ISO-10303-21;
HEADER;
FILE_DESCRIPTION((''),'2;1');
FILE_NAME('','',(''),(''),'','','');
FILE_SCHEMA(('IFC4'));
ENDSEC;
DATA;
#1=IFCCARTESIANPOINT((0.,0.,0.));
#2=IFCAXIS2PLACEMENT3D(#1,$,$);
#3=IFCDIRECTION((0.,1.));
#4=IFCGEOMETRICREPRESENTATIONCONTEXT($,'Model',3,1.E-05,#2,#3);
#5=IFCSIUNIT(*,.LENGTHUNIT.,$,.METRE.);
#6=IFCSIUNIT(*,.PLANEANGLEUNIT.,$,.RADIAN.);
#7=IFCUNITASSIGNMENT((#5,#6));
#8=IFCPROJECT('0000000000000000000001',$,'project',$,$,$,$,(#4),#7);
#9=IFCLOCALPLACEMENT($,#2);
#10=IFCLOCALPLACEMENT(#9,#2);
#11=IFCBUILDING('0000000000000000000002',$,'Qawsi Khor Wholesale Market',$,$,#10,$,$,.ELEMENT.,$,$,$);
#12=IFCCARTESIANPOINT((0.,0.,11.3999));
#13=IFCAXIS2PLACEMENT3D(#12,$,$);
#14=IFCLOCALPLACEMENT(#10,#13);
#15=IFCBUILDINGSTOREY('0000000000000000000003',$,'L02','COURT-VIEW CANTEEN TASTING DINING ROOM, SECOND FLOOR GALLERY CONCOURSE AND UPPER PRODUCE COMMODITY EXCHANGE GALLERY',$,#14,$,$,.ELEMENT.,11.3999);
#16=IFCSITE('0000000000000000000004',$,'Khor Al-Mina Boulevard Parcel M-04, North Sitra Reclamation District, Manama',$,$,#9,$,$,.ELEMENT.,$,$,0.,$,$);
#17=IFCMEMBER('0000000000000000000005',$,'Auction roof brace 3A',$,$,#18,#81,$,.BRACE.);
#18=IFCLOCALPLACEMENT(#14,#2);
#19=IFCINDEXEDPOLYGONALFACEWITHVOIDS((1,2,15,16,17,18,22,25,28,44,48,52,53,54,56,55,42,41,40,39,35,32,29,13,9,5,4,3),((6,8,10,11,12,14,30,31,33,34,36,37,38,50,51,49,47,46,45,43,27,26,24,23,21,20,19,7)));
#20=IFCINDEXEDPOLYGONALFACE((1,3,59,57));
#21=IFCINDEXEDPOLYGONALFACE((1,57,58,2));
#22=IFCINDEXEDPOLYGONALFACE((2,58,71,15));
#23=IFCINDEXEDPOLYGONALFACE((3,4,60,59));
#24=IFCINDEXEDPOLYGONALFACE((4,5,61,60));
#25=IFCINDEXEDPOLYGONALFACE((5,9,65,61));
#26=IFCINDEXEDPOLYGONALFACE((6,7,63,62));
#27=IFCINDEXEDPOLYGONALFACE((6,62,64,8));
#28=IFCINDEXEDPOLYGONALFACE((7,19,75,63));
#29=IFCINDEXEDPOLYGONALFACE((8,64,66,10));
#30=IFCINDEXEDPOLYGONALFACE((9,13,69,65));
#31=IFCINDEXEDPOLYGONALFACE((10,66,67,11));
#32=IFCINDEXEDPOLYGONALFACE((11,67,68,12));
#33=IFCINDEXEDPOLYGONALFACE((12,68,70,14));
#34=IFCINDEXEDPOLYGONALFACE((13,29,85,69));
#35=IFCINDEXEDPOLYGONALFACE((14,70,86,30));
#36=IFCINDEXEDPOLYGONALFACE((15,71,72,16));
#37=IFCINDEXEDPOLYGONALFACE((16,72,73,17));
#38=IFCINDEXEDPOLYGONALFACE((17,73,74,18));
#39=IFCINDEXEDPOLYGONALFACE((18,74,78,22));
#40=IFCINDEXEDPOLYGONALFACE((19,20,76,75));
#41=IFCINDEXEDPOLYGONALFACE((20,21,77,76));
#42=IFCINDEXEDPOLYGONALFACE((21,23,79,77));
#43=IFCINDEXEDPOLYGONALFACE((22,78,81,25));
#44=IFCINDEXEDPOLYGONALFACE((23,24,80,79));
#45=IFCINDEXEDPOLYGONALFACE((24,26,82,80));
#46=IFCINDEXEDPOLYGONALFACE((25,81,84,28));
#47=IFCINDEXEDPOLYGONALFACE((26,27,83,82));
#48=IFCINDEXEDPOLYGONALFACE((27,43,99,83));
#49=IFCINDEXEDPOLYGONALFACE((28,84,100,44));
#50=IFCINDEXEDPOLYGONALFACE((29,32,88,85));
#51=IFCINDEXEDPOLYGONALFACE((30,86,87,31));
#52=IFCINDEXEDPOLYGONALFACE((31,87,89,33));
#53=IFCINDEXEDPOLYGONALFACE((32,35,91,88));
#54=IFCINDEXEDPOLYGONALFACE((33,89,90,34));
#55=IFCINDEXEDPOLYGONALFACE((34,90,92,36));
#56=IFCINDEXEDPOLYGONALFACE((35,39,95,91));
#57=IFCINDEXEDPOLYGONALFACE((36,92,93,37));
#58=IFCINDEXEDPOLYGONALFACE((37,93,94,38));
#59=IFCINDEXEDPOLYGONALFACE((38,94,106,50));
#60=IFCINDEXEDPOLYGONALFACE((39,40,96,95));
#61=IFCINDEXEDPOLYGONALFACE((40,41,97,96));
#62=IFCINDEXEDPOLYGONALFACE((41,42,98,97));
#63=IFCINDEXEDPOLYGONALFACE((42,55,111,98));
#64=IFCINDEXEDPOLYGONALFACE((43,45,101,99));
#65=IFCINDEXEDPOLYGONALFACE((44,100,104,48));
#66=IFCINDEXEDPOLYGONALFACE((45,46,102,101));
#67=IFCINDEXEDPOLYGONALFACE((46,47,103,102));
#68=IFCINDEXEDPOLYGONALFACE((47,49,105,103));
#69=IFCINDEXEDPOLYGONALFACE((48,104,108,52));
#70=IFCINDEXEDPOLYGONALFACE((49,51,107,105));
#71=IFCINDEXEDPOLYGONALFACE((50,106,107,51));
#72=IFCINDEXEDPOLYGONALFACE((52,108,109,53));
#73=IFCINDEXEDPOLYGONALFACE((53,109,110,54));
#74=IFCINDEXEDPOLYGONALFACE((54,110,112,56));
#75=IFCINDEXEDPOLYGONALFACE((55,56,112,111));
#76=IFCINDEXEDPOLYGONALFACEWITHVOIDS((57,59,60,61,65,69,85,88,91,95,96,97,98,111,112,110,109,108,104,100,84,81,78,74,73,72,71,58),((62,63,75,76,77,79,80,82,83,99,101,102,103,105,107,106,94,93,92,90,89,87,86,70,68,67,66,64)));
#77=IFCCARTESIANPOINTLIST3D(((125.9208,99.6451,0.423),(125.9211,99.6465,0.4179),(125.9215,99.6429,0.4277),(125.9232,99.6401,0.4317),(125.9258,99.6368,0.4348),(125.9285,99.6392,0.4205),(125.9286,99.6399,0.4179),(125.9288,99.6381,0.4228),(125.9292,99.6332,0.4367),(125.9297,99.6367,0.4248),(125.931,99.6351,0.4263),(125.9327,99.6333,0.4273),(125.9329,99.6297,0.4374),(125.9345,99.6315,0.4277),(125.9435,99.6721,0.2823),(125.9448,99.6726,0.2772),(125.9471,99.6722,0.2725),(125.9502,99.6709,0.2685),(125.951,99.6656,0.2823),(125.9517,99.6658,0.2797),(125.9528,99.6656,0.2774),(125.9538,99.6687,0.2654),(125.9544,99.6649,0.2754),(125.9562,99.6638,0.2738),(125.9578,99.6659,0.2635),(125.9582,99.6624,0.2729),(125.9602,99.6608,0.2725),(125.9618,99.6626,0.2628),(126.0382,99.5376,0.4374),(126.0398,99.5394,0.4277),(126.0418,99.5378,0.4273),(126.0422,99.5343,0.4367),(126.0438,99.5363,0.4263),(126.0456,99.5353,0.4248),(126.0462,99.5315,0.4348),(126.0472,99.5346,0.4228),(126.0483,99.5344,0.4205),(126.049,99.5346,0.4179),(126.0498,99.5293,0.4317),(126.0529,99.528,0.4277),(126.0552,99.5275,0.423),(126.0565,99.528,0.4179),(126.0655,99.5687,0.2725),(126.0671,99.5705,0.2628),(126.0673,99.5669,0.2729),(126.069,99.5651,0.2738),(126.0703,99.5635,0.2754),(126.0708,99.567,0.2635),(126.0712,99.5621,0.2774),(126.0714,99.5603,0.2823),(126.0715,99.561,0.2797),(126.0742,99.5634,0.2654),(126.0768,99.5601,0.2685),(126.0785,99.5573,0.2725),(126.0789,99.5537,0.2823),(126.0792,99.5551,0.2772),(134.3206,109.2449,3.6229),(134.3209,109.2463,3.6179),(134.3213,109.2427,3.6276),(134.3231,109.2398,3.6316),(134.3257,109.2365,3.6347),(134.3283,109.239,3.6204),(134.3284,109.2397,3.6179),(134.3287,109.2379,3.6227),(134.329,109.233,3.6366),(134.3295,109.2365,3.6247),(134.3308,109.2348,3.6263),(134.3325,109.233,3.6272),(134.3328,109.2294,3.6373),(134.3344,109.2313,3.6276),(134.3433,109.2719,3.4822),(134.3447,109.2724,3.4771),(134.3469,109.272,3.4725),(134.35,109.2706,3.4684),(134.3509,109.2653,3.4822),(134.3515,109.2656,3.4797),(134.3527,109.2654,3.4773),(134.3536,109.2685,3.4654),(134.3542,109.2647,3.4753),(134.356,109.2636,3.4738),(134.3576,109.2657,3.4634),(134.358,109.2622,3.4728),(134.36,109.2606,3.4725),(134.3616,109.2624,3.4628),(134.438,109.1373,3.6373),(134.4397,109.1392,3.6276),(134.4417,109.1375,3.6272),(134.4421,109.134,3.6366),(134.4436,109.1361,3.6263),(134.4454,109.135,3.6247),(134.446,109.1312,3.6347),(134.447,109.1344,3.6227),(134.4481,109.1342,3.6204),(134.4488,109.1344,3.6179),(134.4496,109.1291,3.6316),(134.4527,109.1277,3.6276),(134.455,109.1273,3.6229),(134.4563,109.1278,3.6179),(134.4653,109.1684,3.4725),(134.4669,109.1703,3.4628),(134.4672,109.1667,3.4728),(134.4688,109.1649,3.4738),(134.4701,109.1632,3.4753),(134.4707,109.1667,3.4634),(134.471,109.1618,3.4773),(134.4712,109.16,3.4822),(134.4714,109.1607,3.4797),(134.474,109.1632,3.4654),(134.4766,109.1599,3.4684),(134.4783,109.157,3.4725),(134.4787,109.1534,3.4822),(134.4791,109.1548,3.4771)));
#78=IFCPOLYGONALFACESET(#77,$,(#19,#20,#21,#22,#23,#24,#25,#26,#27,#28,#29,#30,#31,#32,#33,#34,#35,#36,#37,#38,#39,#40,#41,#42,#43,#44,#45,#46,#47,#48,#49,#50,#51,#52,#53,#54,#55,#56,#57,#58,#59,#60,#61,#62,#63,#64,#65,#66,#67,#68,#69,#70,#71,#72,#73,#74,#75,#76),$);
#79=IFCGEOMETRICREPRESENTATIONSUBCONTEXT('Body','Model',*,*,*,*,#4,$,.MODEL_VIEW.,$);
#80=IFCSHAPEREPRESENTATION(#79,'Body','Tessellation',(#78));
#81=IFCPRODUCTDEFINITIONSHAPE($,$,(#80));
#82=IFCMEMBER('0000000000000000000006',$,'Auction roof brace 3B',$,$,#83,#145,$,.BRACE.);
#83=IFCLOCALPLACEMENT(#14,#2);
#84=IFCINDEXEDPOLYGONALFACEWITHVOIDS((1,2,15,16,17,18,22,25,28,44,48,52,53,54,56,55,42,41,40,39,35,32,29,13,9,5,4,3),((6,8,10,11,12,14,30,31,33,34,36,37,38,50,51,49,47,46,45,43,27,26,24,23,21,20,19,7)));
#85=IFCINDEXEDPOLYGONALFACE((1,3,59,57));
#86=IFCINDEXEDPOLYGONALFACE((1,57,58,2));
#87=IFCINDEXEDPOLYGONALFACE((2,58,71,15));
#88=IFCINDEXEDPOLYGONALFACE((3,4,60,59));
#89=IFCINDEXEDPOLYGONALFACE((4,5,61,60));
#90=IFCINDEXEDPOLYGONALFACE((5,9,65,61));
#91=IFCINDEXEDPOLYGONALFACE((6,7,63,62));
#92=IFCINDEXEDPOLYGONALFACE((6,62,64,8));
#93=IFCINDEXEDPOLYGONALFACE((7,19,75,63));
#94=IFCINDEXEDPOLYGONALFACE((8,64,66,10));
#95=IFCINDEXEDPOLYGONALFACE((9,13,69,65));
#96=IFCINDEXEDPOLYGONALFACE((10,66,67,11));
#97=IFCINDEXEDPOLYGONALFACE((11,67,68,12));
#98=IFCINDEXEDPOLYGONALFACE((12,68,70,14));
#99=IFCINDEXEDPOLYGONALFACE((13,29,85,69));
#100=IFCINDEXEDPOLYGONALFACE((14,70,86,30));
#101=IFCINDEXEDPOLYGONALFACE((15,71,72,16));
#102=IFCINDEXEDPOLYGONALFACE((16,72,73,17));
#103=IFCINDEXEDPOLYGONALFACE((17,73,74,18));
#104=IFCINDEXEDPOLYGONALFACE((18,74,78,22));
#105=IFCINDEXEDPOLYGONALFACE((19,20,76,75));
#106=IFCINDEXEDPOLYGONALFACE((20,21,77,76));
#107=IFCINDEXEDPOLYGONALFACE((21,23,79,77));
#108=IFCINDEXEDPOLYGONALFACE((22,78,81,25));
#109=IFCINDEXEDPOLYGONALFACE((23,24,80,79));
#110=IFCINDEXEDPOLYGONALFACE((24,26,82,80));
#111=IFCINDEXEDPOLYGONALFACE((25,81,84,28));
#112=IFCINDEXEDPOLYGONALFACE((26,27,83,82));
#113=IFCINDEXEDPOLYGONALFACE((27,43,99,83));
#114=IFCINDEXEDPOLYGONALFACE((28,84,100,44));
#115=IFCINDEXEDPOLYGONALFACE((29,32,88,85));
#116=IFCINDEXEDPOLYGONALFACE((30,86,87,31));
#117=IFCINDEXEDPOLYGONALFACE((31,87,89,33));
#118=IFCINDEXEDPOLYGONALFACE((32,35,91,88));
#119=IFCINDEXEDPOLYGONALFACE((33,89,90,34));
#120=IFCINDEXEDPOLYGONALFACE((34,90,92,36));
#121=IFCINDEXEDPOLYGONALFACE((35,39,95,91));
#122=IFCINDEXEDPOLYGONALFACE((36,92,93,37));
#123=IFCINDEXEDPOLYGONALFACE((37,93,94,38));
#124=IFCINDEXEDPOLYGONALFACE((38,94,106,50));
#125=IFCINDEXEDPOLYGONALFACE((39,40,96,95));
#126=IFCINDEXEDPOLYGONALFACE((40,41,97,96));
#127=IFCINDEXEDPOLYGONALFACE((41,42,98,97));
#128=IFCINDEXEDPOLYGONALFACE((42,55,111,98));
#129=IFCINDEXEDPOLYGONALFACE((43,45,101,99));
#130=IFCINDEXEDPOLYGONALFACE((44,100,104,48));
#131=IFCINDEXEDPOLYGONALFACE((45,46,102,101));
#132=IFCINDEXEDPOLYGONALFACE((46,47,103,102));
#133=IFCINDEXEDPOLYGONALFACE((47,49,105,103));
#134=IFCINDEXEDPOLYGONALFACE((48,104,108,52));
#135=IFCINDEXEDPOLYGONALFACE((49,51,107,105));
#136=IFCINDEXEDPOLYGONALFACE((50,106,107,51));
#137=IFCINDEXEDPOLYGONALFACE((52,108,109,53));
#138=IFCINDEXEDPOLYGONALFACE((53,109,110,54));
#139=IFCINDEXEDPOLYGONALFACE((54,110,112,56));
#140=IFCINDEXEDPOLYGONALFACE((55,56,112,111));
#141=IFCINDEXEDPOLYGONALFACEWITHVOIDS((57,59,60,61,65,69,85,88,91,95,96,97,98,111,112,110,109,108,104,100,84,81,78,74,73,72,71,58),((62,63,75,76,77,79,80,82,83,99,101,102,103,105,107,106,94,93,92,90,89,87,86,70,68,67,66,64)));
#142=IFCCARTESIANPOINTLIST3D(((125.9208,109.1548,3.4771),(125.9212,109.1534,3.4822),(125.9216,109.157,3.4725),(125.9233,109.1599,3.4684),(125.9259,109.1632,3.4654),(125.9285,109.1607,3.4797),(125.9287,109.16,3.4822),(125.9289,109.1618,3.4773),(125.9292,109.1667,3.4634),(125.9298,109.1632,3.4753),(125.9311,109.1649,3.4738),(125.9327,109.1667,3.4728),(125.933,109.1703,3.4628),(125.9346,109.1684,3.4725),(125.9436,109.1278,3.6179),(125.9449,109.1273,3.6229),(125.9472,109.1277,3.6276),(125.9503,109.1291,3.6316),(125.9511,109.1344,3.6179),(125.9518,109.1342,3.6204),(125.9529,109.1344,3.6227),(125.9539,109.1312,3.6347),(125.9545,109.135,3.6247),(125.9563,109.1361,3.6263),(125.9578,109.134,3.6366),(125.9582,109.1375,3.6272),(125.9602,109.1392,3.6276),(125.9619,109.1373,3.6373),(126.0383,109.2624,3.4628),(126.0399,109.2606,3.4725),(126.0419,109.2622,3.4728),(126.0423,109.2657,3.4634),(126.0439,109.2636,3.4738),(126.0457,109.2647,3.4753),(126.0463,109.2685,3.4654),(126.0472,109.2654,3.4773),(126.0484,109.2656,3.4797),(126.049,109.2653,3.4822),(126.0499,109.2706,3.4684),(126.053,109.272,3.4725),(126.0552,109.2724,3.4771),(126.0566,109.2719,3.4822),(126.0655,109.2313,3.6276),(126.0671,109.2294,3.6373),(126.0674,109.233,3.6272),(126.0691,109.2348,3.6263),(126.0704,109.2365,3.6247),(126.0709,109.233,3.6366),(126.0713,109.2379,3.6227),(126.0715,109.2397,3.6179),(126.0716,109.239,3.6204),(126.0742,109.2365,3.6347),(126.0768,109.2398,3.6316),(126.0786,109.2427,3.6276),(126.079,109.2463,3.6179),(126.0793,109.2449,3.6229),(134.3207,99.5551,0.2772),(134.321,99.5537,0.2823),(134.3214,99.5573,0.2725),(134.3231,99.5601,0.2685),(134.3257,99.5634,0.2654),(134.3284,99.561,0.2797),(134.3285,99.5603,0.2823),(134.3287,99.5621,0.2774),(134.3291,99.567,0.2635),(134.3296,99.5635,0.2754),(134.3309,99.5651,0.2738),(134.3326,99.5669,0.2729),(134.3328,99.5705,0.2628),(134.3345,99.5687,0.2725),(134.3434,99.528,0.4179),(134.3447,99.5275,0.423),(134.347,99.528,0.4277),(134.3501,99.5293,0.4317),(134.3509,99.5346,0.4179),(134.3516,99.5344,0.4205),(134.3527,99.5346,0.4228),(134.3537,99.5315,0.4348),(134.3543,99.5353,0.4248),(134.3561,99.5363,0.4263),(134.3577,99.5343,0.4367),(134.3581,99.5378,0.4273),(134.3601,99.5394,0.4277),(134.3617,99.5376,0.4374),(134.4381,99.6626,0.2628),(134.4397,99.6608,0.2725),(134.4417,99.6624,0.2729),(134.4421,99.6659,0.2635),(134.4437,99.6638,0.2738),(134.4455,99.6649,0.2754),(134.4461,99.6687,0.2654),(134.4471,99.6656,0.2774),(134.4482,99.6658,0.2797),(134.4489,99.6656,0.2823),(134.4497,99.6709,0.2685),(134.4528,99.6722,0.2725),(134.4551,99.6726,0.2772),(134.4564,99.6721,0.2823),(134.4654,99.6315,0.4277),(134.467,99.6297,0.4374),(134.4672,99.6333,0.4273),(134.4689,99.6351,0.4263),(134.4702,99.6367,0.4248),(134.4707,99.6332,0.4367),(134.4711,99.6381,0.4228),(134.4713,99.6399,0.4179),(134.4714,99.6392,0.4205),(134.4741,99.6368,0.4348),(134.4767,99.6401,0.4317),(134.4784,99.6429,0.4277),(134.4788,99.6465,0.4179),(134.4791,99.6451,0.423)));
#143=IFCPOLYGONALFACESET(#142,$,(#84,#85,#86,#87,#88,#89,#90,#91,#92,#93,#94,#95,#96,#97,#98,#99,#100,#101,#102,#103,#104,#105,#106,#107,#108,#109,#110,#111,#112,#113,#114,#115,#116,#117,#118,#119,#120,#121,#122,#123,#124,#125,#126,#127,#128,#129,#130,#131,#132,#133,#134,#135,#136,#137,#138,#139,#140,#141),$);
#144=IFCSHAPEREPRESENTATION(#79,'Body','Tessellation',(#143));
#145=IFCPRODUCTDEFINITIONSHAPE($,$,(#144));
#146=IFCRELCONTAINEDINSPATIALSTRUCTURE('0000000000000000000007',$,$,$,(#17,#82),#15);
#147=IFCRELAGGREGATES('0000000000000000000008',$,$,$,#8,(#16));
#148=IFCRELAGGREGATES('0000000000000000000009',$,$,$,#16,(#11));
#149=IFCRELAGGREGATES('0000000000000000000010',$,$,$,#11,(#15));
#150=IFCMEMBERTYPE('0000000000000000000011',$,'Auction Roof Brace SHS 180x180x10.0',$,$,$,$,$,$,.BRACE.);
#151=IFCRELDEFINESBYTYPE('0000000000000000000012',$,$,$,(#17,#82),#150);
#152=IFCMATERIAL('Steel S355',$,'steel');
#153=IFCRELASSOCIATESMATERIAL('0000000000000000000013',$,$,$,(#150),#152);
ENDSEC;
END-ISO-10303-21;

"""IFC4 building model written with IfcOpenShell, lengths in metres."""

from ifc_helpers import new_model, si_unit, direction, frame, origin, origin_2d, place, context, subcontext, project, spatial, hollow_rectangle, extrude, material, material_profile, profile_set, type_object, element, save


model = new_model("IFC4")

# Units and contexts
model_context = context("Model", 3, precision=1e-05, world=origin(), true_north=direction((0.0, 1.0)))
body_context = subcontext(model_context, "Body", "Model", "MODEL_VIEW")
ifc_project = project(units=[si_unit("LENGTHUNIT", "METRE"), si_unit("PLANEANGLEUNIT", "RADIAN")], contexts=[model_context])

# Site, building, storey
site_placement = place(None, origin())
site = spatial("IfcSite", under=ifc_project, at=site_placement, Name="Khor Al-Mina Boulevard Parcel M-04, North Sitra Reclamation District, Manama", CompositionType="ELEMENT", RefElevation=0.0)
building_placement = place(site_placement, origin())
building = spatial("IfcBuilding", under=site, at=building_placement, Name="Qawsi Khor Wholesale Market", CompositionType="ELEMENT")
storey_placement = place(building_placement, frame((0.0, 0.0, 11.3999)))
storey = spatial("IfcBuildingStorey", under=building, at=storey_placement, Name="L02", Description="COURT-VIEW CANTEEN TASTING DINING ROOM, SECOND FLOOR GALLERY CONCOURSE AND UPPER PRODUCE COMMODITY EXCHANGE GALLERY", CompositionType="ELEMENT", Elevation=11.3999)

# Members
ifc_material_1 = material(Name="Steel S355", Category="steel")
ifc_material_profile_1 = material_profile(ifc_material_1, hollow_rectangle(XDim=0.1799, YDim=0.1799, WallThickness=0.01, InnerFilletRadius=0.01, OuterFilletRadius=0.02, at=origin_2d()), Name="SHS 180x180x10.0")
ifc_profile_set_1 = profile_set([ifc_material_profile_1], Name="Steel S355")
member_type_1 = type_object("IfcMemberType", Name="Auction Roof Brace SHS 180x180x10.0", PredefinedType="BRACE", material=ifc_profile_set_1)
for number, where, z_axis, x_axis, name in (
    (1, (126.0, 99.6001, 0.3501), (0.638715, 0.729958, 0.243319), (-0.752576, 0.658506, 0.0), "Auction roof brace 3A"),
    (2, (134.3999, 99.6001, 0.3501), (-0.638715, 0.729958, 0.243319), (-0.752576, -0.658506, 0.0), "Auction roof brace 3B"),
):
    element("IfcMember", number, at=place(storey_placement, frame(where, z_axis=z_axis, x_axis=x_axis)), inside=storey, type_object=member_type_1, Name=name, PredefinedType="BRACE", context=body_context, shape_type="SweptSolid", body=[
        extrude(hollow_rectangle(XDim=0.1799, YDim=0.1799, WallThickness=0.01, InnerFilletRadius=0.01, OuterFilletRadius=0.02, at=origin_2d()), origin(), (0.0, 0.0, 1.0), 13.1511),
    ])

save(model, "model.ifc")
